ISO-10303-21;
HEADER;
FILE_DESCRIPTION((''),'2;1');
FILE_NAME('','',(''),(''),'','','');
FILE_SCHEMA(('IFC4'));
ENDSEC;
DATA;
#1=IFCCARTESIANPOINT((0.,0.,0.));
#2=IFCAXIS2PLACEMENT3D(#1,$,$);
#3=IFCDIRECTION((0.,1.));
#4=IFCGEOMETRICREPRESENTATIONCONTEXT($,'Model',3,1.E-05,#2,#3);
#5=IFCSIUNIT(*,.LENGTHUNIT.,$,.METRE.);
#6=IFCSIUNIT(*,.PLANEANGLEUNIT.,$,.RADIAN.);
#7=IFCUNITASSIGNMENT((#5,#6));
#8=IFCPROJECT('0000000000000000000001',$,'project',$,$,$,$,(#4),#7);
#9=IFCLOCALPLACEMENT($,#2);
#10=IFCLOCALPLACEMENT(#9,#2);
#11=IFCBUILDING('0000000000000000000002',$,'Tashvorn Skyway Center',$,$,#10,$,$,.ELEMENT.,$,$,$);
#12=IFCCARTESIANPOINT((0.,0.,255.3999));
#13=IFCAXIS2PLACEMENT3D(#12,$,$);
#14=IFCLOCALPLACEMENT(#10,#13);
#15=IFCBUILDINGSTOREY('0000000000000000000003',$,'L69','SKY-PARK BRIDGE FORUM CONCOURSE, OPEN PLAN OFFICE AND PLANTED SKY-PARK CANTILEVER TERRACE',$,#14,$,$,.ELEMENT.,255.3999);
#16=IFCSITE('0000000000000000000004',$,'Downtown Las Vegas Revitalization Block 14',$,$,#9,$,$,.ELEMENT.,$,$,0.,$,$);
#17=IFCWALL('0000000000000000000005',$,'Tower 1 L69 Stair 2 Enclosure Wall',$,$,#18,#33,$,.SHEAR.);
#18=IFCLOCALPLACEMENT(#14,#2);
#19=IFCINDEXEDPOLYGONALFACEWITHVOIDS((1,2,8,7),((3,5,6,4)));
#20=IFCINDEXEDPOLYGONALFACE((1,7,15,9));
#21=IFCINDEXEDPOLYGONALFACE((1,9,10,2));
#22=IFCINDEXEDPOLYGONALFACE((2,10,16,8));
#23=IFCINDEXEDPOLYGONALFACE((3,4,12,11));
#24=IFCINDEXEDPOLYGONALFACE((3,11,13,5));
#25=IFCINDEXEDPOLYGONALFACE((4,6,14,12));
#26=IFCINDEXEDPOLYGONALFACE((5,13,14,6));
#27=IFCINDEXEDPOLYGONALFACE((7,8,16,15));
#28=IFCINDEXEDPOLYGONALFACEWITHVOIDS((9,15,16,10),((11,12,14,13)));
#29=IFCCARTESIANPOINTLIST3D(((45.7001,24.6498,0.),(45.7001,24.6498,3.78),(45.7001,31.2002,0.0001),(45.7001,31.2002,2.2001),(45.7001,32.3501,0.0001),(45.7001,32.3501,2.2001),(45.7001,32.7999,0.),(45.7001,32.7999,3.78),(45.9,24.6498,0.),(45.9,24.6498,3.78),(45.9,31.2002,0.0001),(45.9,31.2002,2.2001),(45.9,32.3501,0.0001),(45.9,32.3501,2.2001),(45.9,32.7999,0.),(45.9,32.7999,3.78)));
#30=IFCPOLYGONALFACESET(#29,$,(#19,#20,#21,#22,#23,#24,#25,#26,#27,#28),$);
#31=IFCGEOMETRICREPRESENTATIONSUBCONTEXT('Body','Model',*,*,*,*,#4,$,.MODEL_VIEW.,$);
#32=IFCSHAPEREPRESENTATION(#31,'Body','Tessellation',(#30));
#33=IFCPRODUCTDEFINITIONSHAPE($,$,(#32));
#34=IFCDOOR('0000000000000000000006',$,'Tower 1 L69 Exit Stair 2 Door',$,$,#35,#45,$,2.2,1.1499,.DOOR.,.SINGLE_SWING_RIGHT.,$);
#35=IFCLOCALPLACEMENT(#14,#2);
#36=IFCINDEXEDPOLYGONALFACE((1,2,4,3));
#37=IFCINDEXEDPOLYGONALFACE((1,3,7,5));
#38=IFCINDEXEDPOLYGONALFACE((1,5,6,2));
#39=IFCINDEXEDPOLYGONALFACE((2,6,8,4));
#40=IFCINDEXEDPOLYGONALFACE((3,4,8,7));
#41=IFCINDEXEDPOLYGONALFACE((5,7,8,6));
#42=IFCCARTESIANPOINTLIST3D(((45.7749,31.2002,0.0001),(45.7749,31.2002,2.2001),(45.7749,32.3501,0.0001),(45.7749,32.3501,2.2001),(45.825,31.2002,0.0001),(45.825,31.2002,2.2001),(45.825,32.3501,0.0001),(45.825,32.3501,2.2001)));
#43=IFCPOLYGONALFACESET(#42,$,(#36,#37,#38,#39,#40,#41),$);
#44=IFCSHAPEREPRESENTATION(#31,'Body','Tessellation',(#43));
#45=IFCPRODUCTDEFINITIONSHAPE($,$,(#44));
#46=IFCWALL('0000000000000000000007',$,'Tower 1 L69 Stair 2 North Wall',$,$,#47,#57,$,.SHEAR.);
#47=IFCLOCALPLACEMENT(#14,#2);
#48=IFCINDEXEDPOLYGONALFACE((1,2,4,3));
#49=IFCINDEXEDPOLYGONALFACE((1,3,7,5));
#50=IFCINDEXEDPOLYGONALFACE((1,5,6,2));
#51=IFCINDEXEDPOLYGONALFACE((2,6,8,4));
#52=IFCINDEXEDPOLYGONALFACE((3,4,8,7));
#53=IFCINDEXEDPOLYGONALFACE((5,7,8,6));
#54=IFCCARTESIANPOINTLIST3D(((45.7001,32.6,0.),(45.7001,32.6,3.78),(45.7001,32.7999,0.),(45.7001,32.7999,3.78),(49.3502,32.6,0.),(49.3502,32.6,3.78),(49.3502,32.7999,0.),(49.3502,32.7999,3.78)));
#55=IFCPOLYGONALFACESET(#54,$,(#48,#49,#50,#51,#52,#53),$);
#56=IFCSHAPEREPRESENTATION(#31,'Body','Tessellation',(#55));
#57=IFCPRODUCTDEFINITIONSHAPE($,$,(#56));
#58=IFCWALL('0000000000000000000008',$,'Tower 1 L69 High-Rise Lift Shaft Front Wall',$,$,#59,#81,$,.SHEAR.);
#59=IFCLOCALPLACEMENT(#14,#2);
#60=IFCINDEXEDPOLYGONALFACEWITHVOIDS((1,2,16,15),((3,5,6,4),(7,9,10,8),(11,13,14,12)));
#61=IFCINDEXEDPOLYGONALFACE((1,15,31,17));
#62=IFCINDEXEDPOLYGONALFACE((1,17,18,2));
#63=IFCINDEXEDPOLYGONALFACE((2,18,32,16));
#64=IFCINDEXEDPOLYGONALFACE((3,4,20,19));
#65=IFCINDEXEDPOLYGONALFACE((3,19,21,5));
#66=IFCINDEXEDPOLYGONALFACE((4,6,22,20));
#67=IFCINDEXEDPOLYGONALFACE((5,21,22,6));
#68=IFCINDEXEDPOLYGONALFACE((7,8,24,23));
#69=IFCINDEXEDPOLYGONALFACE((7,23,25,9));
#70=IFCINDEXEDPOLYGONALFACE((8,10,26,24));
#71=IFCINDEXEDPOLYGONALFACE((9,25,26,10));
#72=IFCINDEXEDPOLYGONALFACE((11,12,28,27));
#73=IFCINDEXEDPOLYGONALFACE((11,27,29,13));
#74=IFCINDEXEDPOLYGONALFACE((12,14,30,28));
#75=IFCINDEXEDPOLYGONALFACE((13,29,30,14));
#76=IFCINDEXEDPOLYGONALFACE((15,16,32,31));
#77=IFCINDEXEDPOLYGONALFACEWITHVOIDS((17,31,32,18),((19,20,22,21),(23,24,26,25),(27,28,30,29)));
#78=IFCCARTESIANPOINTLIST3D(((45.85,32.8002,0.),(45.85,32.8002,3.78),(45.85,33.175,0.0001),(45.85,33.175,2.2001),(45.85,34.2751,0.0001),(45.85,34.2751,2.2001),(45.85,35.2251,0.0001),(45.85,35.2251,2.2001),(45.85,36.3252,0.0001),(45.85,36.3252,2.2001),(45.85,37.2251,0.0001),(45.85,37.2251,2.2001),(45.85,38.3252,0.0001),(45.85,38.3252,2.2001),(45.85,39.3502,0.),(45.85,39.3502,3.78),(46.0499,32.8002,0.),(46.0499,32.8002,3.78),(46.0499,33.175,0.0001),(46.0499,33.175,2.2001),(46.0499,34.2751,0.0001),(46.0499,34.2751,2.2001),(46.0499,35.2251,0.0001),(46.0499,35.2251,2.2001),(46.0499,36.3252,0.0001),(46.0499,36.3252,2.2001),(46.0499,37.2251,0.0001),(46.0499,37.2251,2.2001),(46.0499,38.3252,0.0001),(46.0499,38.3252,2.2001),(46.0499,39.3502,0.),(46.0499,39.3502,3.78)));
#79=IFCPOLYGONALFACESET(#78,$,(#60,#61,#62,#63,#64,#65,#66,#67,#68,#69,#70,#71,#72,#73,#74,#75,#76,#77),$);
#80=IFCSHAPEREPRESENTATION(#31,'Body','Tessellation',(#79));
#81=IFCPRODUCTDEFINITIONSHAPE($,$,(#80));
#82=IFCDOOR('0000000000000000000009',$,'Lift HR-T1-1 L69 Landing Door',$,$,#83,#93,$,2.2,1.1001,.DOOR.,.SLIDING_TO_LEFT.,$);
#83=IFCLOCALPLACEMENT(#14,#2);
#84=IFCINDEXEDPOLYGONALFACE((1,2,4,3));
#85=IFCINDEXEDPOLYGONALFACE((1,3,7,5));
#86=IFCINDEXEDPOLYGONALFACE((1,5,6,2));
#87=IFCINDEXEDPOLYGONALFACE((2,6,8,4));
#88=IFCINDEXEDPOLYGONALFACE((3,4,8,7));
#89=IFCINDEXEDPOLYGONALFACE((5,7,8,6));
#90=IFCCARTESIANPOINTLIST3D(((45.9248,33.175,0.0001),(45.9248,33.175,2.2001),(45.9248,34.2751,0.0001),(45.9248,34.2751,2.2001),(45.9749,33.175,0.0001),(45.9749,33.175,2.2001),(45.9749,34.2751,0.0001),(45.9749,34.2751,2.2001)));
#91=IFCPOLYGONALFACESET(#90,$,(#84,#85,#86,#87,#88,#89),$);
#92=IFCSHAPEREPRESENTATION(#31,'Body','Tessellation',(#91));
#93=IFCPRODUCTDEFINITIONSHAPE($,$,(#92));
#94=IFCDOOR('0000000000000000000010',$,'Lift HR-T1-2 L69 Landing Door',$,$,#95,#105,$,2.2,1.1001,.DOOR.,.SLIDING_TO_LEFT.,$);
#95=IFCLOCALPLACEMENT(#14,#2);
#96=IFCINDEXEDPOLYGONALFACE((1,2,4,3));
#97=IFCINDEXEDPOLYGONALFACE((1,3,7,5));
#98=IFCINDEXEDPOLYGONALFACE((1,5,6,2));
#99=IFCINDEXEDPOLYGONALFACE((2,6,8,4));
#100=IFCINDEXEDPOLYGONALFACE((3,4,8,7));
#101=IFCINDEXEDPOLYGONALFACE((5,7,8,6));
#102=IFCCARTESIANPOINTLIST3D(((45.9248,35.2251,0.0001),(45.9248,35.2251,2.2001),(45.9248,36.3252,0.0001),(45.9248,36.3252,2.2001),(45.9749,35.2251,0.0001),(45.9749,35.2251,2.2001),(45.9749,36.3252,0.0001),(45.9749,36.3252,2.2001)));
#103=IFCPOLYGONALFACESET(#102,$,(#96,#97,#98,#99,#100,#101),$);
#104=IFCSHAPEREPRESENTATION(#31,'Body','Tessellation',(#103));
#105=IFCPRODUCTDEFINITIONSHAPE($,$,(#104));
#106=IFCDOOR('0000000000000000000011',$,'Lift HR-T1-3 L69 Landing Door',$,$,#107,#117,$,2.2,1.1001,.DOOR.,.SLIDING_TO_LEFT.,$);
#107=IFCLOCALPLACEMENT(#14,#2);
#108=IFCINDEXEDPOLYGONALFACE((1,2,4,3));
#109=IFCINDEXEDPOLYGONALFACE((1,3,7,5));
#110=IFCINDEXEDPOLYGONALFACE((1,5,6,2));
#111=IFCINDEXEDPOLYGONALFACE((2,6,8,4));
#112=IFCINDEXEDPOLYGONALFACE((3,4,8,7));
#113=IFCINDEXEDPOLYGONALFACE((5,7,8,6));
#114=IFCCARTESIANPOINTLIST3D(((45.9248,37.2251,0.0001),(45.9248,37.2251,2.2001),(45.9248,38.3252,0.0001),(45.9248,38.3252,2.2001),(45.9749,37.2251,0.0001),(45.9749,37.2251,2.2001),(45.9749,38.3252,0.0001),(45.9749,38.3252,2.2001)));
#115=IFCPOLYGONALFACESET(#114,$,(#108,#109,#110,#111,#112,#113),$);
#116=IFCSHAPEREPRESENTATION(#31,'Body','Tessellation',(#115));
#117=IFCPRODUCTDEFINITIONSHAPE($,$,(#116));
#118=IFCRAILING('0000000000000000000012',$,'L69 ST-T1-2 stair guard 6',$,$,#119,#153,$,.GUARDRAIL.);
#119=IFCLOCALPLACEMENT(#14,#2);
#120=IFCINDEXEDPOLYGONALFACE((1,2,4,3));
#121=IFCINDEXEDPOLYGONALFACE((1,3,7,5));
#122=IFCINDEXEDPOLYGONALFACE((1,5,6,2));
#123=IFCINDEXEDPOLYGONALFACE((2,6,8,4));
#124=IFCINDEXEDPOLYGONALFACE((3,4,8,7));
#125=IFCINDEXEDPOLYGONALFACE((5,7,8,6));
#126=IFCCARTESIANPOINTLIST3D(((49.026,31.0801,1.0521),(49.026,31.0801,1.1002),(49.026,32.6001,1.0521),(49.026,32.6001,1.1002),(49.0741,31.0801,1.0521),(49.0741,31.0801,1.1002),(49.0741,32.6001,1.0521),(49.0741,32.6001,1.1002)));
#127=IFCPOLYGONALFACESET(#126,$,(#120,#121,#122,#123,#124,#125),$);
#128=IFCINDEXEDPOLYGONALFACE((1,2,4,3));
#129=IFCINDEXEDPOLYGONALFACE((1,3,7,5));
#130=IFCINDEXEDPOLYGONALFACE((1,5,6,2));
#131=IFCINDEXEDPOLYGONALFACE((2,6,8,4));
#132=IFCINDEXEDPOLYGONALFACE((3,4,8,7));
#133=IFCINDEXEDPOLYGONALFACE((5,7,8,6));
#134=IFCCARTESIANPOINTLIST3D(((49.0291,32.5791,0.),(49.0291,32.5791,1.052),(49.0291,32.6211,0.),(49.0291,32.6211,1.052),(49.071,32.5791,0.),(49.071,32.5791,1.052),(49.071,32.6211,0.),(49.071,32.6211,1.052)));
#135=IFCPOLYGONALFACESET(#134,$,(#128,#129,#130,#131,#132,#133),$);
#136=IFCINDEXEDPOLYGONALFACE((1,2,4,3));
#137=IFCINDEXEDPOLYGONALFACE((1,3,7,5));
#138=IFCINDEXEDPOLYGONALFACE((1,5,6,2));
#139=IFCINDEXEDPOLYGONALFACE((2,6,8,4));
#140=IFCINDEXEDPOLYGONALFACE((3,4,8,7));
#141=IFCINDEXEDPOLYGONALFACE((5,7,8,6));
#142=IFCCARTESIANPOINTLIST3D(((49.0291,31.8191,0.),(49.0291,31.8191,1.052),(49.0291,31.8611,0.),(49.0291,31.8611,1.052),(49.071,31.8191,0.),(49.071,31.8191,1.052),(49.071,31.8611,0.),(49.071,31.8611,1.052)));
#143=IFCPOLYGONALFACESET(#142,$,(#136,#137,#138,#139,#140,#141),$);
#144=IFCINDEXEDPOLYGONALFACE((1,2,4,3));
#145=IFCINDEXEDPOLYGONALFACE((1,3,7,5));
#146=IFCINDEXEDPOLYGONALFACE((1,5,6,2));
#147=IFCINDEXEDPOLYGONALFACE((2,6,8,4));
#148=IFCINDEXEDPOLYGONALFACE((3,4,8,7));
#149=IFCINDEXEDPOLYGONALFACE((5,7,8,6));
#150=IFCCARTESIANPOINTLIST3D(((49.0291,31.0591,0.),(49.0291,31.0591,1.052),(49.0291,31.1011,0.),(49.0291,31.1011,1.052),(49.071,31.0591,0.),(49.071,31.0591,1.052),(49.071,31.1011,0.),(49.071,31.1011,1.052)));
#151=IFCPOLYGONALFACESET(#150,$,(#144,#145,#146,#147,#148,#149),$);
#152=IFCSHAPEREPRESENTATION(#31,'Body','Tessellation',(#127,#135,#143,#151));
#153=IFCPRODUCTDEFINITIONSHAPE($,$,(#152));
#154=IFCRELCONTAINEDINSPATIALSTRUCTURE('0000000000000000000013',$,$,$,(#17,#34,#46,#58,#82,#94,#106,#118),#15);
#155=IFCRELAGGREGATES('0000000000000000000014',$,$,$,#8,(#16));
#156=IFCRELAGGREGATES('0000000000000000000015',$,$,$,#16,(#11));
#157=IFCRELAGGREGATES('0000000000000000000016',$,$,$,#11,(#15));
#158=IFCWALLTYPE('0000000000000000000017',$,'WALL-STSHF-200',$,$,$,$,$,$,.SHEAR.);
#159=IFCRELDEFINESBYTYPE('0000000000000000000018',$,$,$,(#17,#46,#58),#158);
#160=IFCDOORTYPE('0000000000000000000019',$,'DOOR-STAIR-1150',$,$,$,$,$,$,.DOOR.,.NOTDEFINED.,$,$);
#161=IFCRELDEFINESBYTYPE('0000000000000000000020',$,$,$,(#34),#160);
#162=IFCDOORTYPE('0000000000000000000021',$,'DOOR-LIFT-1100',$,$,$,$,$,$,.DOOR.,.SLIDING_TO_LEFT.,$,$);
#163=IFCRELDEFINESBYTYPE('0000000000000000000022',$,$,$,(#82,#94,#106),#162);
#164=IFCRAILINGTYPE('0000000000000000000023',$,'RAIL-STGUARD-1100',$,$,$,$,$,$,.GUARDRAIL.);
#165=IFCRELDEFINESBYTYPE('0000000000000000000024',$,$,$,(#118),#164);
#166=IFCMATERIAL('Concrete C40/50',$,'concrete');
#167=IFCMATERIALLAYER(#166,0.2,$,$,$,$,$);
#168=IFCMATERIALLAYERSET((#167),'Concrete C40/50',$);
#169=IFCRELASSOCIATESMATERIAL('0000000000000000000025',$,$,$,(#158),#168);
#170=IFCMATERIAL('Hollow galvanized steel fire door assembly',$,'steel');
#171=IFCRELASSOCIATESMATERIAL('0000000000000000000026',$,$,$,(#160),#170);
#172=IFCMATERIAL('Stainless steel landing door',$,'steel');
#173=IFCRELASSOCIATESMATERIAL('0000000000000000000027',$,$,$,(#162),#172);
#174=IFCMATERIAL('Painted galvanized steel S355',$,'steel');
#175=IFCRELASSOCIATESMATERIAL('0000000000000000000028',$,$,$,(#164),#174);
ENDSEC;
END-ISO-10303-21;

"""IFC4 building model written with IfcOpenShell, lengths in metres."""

from ifc_helpers import new_model, si_unit, direction, frame, frame_2d, origin, origin_2d, place, context, subcontext, project, spatial, rectangle, extrude, material, layer, layer_set, type_object, element, fill, save


model = new_model("IFC4")

# Units and contexts
model_context = context("Model", 3, precision=1e-05, world=origin(), true_north=direction((0.0, 1.0)))
body_context = subcontext(model_context, "Body", "Model", "MODEL_VIEW")
ifc_project = project(units=[si_unit("LENGTHUNIT", "METRE"), si_unit("PLANEANGLEUNIT", "RADIAN")], contexts=[model_context])

# Site, building, storey
site_placement = place(None, origin())
site = spatial("IfcSite", under=ifc_project, at=site_placement, Name="Downtown Las Vegas Revitalization Block 14", CompositionType="ELEMENT", RefElevation=0.0)
building_placement = place(site_placement, origin())
building = spatial("IfcBuilding", under=site, at=building_placement, Name="Tashvorn Skyway Center", CompositionType="ELEMENT")
storey_placement = place(building_placement, frame((0.0, 0.0, 255.3999)))
storey = spatial("IfcBuildingStorey", under=building, at=storey_placement, Name="L69", Description="SKY-PARK BRIDGE FORUM CONCOURSE, OPEN PLAN OFFICE AND PLANTED SKY-PARK CANTILEVER TERRACE", CompositionType="ELEMENT", Elevation=255.3999)

# Shared definitions
ifc_material_1 = material(Name="Concrete C40/50", Category="concrete")

# Shared definitions
ifc_material_2 = material(Name="Hollow galvanized steel fire door assembly", Category="steel")

# Wall, opening, door
ifc_layer_1 = layer(ifc_material_1, 0.2)
ifc_layer_set_1 = layer_set([ifc_layer_1], Name="Concrete C40/50")
wall_type_1 = type_object("IfcWallType", Name="WALL-STSHF-200", PredefinedType="SHEAR", material=ifc_layer_set_1)
wall_1_placement = place(storey_placement, frame((45.8, 32.8, 0.0), z_axis=(0.0, 0.0, 1.0), x_axis=(0.0, -1.0, 0.0)))
wall_1 = element("IfcWall", 1, at=wall_1_placement, inside=storey, type_object=wall_type_1, Name="Tower 1 L69 Stair 2 Enclosure Wall", PredefinedType="SHEAR", context=body_context, shape_type="SweptSolid", body=[
    extrude(rectangle(XDim=8.1501, YDim=0.2, at=frame_2d((4.0752, 0.0))), origin(), (0.0, 0.0, 1.0), 3.78),
])
opening_1_placement = place(wall_1_placement, frame((0.45, 0.0, 0.0)))
opening_1 = element("IfcOpeningElement", 2, at=opening_1_placement, cuts=wall_1, PredefinedType="OPENING", context=body_context, shape_type="SweptSolid", body=[
    extrude(rectangle(XDim=1.1499, YDim=2.2, at=frame_2d((0.575, 1.1001))), frame((0.0, 0.1099, 0.0), z_axis=(0.0, -1.0, 0.0), x_axis=(1.0, 0.0, 0.0)), (0.0, 0.0, 1.0), 0.22),
])
door_type_1 = type_object("IfcDoorType", Name="DOOR-STAIR-1150", OperationType="NOTDEFINED", PredefinedType="DOOR", material=ifc_material_2)
door_1_placement = place(opening_1_placement, origin())
door_1 = element("IfcDoor", 3, at=door_1_placement, inside=storey, type_object=door_type_1, Name="Tower 1 L69 Exit Stair 2 Door", OperationType="SINGLE_SWING_RIGHT", OverallHeight=2.2, OverallWidth=1.1499, PredefinedType="DOOR", context=body_context, shape_type="SweptSolid", body=[
    extrude(rectangle(XDim=1.1499, YDim=2.2, at=frame_2d((0.575, 1.1001))), frame((0.0, 0.0249, 0.0), z_axis=(0.0, -1.0, 0.0), x_axis=(1.0, 0.0, 0.0)), (0.0, 0.0, 1.0), 0.05),
])
fill(opening_1, door_1)

# Wall
wall_2_placement = place(storey_placement, frame((45.7, 32.7, 0.0), z_axis=(0.0, 0.0, 1.0), x_axis=(1.0, 0.0, 0.0)))
element("IfcWall", 4, at=wall_2_placement, inside=storey, type_object=wall_type_1, Name="Tower 1 L69 Stair 2 North Wall", PredefinedType="SHEAR", context=body_context, shape_type="SweptSolid", body=[
    extrude(rectangle(XDim=3.6501, YDim=0.2, at=frame_2d((1.8252, 0.0))), origin(), (0.0, 0.0, 1.0), 3.78),
])

# Wall, openings, doors
wall_3_placement = place(storey_placement, frame((45.95, 39.3501, 0.0), z_axis=(0.0, 0.0, 1.0), x_axis=(0.0, -1.0, 0.0)))
wall_3 = element("IfcWall", 5, at=wall_3_placement, inside=storey, type_object=wall_type_1, Name="Tower 1 L69 High-Rise Lift Shaft Front Wall", PredefinedType="SHEAR", context=body_context, shape_type="SweptSolid", body=[
    extrude(rectangle(XDim=6.55, YDim=0.2, at=frame_2d((3.2749, 0.0))), origin(), (0.0, 0.0, 1.0), 3.78),
])
opening_2_placement = place(wall_3_placement, frame((5.075, 0.0, 0.0)))
opening_2 = element("IfcOpeningElement", 6, at=opening_2_placement, cuts=wall_3, PredefinedType="OPENING", context=body_context, shape_type="SweptSolid", body=[
    extrude(rectangle(XDim=1.1001, YDim=2.2, at=frame_2d((0.55, 1.1001))), frame((0.0, 0.1099, 0.0), z_axis=(0.0, -1.0, 0.0), x_axis=(1.0, 0.0, 0.0)), (0.0, 0.0, 1.0), 0.22),
])
opening_3_placement = place(wall_3_placement, frame((3.0249, 0.0, 0.0)))
opening_3 = element("IfcOpeningElement", 7, at=opening_3_placement, cuts=wall_3, PredefinedType="OPENING", context=body_context, shape_type="SweptSolid", body=[
    extrude(rectangle(XDim=1.1001, YDim=2.2, at=frame_2d((0.55, 1.1001))), frame((0.0, 0.1099, 0.0), z_axis=(0.0, -1.0, 0.0), x_axis=(1.0, 0.0, 0.0)), (0.0, 0.0, 1.0), 0.22),
])
opening_4_placement = place(wall_3_placement, frame((1.0249, 0.0, 0.0)))
opening_4 = element("IfcOpeningElement", 8, at=opening_4_placement, cuts=wall_3, PredefinedType="OPENING", context=body_context, shape_type="SweptSolid", body=[
    extrude(rectangle(XDim=1.1001, YDim=2.2, at=frame_2d((0.55, 1.1001))), frame((0.0, 0.1099, 0.0), z_axis=(0.0, -1.0, 0.0), x_axis=(1.0, 0.0, 0.0)), (0.0, 0.0, 1.0), 0.22),
])
ifc_material_3 = material(Name="Stainless steel landing door", Category="steel")
door_type_2 = type_object("IfcDoorType", Name="DOOR-LIFT-1100", OperationType="SLIDING_TO_LEFT", PredefinedType="DOOR", material=ifc_material_3)
door_2_placement = place(opening_2_placement, origin())
door_2 = element("IfcDoor", 9, at=door_2_placement, inside=storey, type_object=door_type_2, Name="Lift HR-T1-1 L69 Landing Door", OperationType="SLIDING_TO_LEFT", OverallHeight=2.2, OverallWidth=1.1001, PredefinedType="DOOR", context=body_context, shape_type="SweptSolid", body=[
    extrude(rectangle(XDim=1.1001, YDim=2.2, at=frame_2d((0.55, 1.1001))), frame((0.0, 0.0249, 0.0), z_axis=(0.0, -1.0, 0.0), x_axis=(1.0, 0.0, 0.0)), (0.0, 0.0, 1.0), 0.05),
])
fill(opening_2, door_2)
door_3_placement = place(opening_3_placement, origin())
door_3 = element("IfcDoor", 10, at=door_3_placement, inside=storey, type_object=door_type_2, Name="Lift HR-T1-2 L69 Landing Door", OperationType="SLIDING_TO_LEFT", OverallHeight=2.2, OverallWidth=1.1001, PredefinedType="DOOR", context=body_context, shape_type="SweptSolid", body=[
    extrude(rectangle(XDim=1.1001, YDim=2.2, at=frame_2d((0.55, 1.1001))), frame((0.0, 0.0249, 0.0), z_axis=(0.0, -1.0, 0.0), x_axis=(1.0, 0.0, 0.0)), (0.0, 0.0, 1.0), 0.05),
])
fill(opening_3, door_3)
door_4_placement = place(opening_4_placement, origin())
door_4 = element("IfcDoor", 11, at=door_4_placement, inside=storey, type_object=door_type_2, Name="Lift HR-T1-3 L69 Landing Door", OperationType="SLIDING_TO_LEFT", OverallHeight=2.2, OverallWidth=1.1001, PredefinedType="DOOR", context=body_context, shape_type="SweptSolid", body=[
    extrude(rectangle(XDim=1.1001, YDim=2.2, at=frame_2d((0.55, 1.1001))), frame((0.0, 0.0249, 0.0), z_axis=(0.0, -1.0, 0.0), x_axis=(1.0, 0.0, 0.0)), (0.0, 0.0, 1.0), 0.05),
])
fill(opening_4, door_4)

# Railing
ifc_material_4 = material(Name="Painted galvanized steel S355", Category="steel")
railing_type = type_object("IfcRailingType", Name="RAIL-STGUARD-1100", PredefinedType="GUARDRAIL", material=ifc_material_4)
railing_placement = place(storey_placement, frame((49.05, 32.6001, 0.0)))
element("IfcRailing", 12, at=railing_placement, inside=storey, type_object=railing_type, Name="L69 ST-T1-2 stair guard 6", PredefinedType="GUARDRAIL", context=body_context, shape_type="SweptSolid", body=[
    extrude(rectangle(XDim=0.0481, YDim=0.0481, at=origin_2d()), frame((0.0, 0.0, 1.0762), z_axis=(0.0, -1.0, 0.0), x_axis=(1.0, 0.0, 0.0)), (0.0, 0.0, 1.0), 1.52),
    extrude(rectangle(XDim=0.042, YDim=0.042, at=origin_2d()), origin(), (0.0, 0.0, 1.0), 1.052),
    extrude(rectangle(XDim=0.042, YDim=0.042, at=origin_2d()), frame((0.0, -0.76, 0.0)), (0.0, 0.0, 1.0), 1.052),
    extrude(rectangle(XDim=0.042, YDim=0.042, at=origin_2d()), frame((0.0, -1.52, 0.0)), (0.0, 0.0, 1.0), 1.052),
])

save(model, "model.ifc")
